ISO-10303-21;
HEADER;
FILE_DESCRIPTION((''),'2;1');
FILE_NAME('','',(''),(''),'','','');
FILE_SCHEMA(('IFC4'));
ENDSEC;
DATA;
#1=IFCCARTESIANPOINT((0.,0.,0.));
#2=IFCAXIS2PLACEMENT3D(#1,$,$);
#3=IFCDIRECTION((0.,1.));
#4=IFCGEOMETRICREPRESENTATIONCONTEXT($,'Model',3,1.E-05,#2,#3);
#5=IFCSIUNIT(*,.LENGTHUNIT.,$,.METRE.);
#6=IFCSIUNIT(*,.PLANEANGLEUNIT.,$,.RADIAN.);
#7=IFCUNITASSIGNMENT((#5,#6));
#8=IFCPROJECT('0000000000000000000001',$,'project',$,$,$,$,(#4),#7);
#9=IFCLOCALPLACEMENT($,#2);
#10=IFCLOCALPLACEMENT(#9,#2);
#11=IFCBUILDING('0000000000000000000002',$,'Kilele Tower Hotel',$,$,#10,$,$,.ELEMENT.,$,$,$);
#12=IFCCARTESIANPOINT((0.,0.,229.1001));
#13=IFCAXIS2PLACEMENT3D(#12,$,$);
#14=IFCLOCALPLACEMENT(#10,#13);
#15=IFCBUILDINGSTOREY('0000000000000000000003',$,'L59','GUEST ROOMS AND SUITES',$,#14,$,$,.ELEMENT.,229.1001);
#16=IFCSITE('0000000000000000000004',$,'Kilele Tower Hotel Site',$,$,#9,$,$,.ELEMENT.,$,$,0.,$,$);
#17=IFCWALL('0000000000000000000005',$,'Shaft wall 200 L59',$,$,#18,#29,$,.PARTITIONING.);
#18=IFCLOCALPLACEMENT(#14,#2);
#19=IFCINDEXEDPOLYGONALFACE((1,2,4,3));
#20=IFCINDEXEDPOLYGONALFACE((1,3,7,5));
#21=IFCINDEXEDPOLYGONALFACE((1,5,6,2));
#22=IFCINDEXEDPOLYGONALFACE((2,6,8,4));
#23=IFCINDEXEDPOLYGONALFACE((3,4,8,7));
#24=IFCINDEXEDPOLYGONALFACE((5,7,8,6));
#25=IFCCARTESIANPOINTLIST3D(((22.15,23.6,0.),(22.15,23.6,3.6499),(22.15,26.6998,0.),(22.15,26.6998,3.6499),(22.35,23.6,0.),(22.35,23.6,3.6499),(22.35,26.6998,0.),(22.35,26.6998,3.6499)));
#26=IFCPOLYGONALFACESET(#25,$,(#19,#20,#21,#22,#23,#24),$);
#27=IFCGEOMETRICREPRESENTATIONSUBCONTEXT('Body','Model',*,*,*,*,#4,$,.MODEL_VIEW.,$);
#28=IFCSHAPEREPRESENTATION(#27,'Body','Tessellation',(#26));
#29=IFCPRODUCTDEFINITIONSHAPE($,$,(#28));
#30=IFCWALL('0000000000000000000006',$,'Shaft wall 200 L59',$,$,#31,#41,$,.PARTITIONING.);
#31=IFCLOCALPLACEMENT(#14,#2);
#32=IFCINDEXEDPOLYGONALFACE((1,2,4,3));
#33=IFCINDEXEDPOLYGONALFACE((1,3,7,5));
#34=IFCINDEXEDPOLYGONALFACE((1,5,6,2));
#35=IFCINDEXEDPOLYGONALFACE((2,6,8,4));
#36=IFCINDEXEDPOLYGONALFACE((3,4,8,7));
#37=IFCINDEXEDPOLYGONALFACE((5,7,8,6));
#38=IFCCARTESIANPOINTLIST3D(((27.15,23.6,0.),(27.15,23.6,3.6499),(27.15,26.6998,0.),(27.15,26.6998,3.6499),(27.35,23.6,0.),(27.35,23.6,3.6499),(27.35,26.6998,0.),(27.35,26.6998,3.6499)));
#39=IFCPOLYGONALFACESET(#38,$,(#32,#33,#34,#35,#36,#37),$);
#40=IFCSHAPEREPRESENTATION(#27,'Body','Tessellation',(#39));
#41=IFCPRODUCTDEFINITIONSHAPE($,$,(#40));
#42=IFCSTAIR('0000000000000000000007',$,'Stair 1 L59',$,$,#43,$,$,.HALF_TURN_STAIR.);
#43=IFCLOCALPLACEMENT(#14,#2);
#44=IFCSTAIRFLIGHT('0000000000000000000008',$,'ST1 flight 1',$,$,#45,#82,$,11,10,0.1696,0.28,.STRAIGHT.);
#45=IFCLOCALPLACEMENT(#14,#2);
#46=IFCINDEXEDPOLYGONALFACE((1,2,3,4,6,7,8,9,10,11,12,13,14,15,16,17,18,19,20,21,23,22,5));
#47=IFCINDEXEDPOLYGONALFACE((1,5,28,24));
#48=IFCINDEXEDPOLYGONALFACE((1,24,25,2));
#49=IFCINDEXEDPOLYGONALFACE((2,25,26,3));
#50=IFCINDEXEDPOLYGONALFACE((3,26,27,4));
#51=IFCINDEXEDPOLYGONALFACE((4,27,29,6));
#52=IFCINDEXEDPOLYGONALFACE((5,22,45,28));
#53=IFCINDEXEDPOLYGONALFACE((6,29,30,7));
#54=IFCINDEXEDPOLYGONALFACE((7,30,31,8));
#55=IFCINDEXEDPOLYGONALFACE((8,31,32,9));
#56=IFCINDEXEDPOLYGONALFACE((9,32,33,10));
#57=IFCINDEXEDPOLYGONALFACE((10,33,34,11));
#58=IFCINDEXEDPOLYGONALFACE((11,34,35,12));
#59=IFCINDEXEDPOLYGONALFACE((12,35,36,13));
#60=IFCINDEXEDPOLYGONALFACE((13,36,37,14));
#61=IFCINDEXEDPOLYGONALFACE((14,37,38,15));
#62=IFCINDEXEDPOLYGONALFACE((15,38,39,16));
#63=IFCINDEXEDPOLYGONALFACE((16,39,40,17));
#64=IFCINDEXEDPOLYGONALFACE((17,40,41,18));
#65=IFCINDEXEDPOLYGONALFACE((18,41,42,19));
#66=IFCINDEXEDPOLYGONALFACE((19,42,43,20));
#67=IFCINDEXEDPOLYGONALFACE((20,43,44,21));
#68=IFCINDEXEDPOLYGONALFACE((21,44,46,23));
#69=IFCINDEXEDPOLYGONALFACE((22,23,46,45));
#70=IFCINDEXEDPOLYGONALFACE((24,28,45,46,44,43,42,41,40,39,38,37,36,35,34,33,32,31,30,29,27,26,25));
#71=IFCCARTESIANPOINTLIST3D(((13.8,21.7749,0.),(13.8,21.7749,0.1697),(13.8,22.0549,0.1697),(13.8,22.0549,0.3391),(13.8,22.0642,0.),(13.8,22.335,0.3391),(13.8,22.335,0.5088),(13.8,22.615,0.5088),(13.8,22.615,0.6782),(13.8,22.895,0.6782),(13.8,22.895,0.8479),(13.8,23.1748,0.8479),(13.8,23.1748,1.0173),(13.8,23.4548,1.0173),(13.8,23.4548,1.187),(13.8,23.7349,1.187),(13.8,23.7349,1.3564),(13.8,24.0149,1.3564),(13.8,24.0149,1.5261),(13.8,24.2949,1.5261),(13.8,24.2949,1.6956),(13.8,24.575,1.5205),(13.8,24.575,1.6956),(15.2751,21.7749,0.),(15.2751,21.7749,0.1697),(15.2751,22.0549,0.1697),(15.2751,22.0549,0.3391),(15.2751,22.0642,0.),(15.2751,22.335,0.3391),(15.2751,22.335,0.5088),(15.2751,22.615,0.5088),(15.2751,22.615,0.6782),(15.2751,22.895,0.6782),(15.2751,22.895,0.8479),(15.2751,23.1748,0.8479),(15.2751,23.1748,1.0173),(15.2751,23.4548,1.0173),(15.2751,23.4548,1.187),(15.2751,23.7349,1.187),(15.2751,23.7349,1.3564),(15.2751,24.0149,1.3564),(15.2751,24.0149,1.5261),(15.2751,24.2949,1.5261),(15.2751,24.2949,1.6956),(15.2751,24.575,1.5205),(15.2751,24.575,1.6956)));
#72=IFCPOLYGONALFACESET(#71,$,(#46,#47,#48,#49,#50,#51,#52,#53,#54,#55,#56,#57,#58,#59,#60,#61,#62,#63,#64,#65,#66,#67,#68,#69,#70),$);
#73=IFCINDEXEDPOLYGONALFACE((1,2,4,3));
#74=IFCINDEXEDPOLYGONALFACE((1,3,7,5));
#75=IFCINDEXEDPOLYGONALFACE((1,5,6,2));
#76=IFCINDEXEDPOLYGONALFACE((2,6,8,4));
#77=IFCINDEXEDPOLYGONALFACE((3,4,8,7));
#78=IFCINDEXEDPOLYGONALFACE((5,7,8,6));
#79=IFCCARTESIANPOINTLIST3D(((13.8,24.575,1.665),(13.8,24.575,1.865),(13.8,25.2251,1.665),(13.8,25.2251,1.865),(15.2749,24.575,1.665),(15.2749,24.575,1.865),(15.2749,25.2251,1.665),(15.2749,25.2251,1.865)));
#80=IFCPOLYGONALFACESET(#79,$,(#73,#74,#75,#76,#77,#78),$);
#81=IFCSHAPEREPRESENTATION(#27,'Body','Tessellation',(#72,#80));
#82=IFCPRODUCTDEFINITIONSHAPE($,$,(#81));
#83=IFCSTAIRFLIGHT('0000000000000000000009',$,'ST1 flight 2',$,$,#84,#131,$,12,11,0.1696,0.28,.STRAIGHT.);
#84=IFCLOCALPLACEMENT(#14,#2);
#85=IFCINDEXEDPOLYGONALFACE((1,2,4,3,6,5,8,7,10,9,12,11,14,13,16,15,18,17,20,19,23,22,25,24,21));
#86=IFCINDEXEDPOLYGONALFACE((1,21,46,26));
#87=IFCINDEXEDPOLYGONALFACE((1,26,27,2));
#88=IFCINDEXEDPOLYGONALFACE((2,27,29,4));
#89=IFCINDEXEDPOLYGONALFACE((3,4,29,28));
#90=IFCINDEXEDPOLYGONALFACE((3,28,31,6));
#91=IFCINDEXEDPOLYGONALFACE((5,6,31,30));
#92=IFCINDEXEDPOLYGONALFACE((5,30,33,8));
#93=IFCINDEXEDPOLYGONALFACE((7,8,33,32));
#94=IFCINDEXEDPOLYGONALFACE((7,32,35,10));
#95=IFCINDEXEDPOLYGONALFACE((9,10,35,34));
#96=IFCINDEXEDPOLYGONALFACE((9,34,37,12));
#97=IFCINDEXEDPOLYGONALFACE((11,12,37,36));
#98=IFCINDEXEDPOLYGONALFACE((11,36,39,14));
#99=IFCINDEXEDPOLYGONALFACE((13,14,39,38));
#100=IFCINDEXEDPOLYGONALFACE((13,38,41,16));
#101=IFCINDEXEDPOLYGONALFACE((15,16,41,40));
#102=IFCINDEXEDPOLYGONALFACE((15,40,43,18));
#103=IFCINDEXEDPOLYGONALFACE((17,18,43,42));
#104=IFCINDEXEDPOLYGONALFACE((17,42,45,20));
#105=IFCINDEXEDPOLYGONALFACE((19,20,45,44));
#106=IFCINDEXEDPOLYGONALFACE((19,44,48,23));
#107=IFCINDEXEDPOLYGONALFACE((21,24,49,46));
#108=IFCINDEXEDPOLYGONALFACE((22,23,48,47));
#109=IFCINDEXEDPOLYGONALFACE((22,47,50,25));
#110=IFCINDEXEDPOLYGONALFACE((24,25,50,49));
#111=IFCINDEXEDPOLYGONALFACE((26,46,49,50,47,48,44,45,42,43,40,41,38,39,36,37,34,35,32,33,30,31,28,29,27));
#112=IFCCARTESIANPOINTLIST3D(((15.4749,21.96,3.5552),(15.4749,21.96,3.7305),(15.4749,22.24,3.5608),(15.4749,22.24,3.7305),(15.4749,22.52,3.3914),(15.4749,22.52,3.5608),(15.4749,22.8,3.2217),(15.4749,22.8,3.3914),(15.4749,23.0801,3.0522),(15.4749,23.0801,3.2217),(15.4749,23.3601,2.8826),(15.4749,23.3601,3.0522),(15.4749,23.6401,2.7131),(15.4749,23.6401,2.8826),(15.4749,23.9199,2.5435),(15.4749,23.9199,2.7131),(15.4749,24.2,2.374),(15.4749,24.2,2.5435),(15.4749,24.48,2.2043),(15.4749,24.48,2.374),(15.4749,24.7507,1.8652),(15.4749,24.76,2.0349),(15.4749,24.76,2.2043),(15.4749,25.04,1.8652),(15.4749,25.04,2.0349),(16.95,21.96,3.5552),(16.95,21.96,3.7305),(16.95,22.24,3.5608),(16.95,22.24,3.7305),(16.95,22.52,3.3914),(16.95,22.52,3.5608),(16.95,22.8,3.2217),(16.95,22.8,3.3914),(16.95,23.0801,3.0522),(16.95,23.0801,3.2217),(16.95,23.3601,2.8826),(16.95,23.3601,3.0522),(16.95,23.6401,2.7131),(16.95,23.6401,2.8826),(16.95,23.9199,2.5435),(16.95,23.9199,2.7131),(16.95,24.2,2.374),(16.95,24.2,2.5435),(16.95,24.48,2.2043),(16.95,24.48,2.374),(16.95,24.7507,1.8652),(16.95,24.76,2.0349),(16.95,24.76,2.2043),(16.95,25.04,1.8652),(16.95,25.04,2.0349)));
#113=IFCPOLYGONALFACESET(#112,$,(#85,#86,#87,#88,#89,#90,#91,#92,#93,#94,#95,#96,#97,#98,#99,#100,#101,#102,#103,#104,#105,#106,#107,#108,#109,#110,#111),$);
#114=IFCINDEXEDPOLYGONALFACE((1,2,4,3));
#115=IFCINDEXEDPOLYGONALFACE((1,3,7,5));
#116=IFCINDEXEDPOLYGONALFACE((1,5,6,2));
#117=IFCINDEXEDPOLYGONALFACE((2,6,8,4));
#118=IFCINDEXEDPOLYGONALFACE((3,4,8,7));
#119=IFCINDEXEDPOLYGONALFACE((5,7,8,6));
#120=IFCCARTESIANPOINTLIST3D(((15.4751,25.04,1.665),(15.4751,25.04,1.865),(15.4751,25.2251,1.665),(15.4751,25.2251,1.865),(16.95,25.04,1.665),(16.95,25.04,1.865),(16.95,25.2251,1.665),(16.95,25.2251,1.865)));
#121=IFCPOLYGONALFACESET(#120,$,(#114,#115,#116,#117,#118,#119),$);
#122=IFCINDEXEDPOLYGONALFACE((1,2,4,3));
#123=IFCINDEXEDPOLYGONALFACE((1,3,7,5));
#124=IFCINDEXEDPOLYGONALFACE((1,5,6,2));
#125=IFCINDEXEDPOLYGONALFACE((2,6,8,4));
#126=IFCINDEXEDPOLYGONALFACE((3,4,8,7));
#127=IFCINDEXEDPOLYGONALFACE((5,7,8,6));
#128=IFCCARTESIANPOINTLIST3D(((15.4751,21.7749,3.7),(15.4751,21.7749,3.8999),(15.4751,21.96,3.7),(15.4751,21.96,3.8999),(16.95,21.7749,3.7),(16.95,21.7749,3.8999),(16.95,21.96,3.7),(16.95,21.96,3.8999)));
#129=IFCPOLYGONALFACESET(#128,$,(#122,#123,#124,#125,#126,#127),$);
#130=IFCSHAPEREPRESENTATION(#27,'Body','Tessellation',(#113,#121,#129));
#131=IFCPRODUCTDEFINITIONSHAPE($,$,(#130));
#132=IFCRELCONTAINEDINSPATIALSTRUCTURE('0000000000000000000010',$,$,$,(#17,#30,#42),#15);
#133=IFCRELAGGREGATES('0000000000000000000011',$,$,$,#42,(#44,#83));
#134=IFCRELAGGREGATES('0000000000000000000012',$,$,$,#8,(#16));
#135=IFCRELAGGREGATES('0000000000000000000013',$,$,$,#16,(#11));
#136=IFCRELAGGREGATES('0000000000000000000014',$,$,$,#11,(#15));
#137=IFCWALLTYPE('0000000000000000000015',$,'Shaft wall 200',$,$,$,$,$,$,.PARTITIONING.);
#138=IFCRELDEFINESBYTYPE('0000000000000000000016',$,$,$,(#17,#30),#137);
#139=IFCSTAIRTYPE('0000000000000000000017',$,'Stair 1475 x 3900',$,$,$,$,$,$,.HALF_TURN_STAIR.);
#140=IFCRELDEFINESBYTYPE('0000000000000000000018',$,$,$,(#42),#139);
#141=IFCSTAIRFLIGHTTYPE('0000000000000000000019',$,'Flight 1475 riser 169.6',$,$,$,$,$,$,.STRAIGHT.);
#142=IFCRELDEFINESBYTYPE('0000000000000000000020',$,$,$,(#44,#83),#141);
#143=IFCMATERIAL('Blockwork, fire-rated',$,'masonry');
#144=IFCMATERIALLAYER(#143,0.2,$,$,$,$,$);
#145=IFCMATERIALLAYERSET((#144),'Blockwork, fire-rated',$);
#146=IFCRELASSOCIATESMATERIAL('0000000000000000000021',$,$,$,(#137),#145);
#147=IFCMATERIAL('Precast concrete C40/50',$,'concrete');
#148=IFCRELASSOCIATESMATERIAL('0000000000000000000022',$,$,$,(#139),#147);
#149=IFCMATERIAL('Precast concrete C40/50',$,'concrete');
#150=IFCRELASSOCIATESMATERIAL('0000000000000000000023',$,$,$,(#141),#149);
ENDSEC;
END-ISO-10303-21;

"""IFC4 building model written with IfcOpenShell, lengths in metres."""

from ifc_helpers import new_model, si_unit, direction, frame, frame_2d, origin, place, context, subcontext, project, spatial, polyline, rectangle, outline, extrude, material, layer, layer_set, type_object, element, aggregate, save


model = new_model("IFC4")

# Units and contexts
model_context = context("Model", 3, precision=1e-05, world=origin(), true_north=direction((0.0, 1.0)))
body_context = subcontext(model_context, "Body", "Model", "MODEL_VIEW")
ifc_project = project(units=[si_unit("LENGTHUNIT", "METRE"), si_unit("PLANEANGLEUNIT", "RADIAN")], contexts=[model_context])

# Site, building, storey
site_placement = place(None, origin())
site = spatial("IfcSite", under=ifc_project, at=site_placement, Name="Kilele Tower Hotel Site", CompositionType="ELEMENT", RefElevation=0.0)
building_placement = place(site_placement, origin())
building = spatial("IfcBuilding", under=site, at=building_placement, Name="Kilele Tower Hotel", CompositionType="ELEMENT")
storey_placement = place(building_placement, frame((0.0, 0.0, 229.1001)))
storey = spatial("IfcBuildingStorey", under=building, at=storey_placement, Name="L59", Description="GUEST ROOMS AND SUITES", CompositionType="ELEMENT", Elevation=229.1001)

# Shared definitions
ifc_material_1 = material(Name="Blockwork, fire-rated", Category="masonry")
ifc_layer_1 = layer(ifc_material_1, 0.2)
ifc_layer_set_1 = layer_set([ifc_layer_1], Name="Blockwork, fire-rated")
wall_type_1 = type_object("IfcWallType", Name="Shaft wall 200", PredefinedType="PARTITIONING", material=ifc_layer_set_1)

# Walls
for number, where, z_axis, x_axis, name in (
    (1, (22.25, 23.6001, 0.0), (0.0, 0.0, 1.0), (0.0, 1.0, 0.0), "Shaft wall 200 L59"),
    (2, (27.25, 23.6001, 0.0), (0.0, 0.0, 1.0), (0.0, 1.0, 0.0), "Shaft wall 200 L59"),
):
    element("IfcWall", number, at=place(storey_placement, frame(where, z_axis=z_axis, x_axis=x_axis)), inside=storey, type_object=wall_type_1, Name=name, PredefinedType="PARTITIONING", context=body_context, shape_type="SweptSolid", body=[
        extrude(rectangle(XDim=3.0999, YDim=0.2, at=frame_2d((1.5498, 0.0))), origin(), (0.0, 0.0, 1.0), 3.6499),
    ])

# Stair, stair flights
ifc_material_2 = material(Name="Precast concrete C40/50", Category="concrete")
stair_type = type_object("IfcStairType", Name="Stair 1475 x 3900", PredefinedType="HALF_TURN_STAIR", material=ifc_material_2)
stair_placement = place(storey_placement, origin())
stair = element("IfcStair", 3, at=stair_placement, inside=storey, type_object=stair_type, Name="Stair 1 L59", PredefinedType="HALF_TURN_STAIR")
ifc_material_3 = material(Name="Precast concrete C40/50", Category="concrete")
stair_flight_type = type_object("IfcStairFlightType", Name="Flight 1475 riser 169.6", PredefinedType="STRAIGHT", material=ifc_material_3)
stair_flight_1_placement = place(storey_placement, frame((14.5376, 21.7749, 0.0), z_axis=(0.0, 0.0, 1.0), x_axis=(0.0, 1.0, 0.0)))
stair_flight_1 = element("IfcStairFlight", 4, at=stair_flight_1_placement, type_object=stair_flight_type, Name="ST1 flight 1", NumberOfRisers=11, NumberOfTreads=10, PredefinedType="STRAIGHT", RiserHeight=0.1696, TreadLength=0.28, context=body_context, shape_type="SweptSolid", body=[
    extrude(outline(polyline([(0.0, 0.0), (0.0, 0.1697), (0.28, 0.1697), (0.28, 0.3391), (0.5601, 0.3391), (0.5601, 0.5088), (0.8401, 0.5088), (0.8401, 0.6782), (1.1201, 0.6782), (1.1201, 0.8479), (1.3999, 0.8479), (1.3999, 1.0173), (1.6799, 1.0173), (1.6799, 1.187), (1.96, 1.187), (1.96, 1.3564), (2.24, 1.3564), (2.24, 1.5261), (2.52, 1.5261), (2.52, 1.6956), (2.8, 1.6956), (2.8, 1.8652), (2.8, 1.5205), (0.2893, 0.0), (0.0, 0.0)])), frame((0.0, 0.7375, 0.0), z_axis=(0.0, -1.0, 0.0), x_axis=(1.0, 0.0, 0.0)), (0.0, 0.0, 1.0), 1.4751),
    extrude(outline(polyline([(2.8, 0.7375), (2.8, -0.7373), (3.4502, -0.7373), (3.4502, 0.7375), (2.8, 0.7375)])), frame((0.0, 0.0, 1.665)), (0.0, 0.0, 1.0), 0.2),
])
stair_flight_2_placement = place(storey_placement, frame((16.2124, 25.04, 1.8652), z_axis=(0.0, 0.0, 1.0), x_axis=(0.0, -1.0, 0.0)))
stair_flight_2 = element("IfcStairFlight", 5, at=stair_flight_2_placement, type_object=stair_flight_type, Name="ST1 flight 2", NumberOfRisers=12, NumberOfTreads=11, PredefinedType="STRAIGHT", RiserHeight=0.1696, TreadLength=0.28, context=body_context, shape_type="SweptSolid", body=[
    extrude(outline(polyline([(0.0, 0.0), (0.0, 0.1697), (0.28, 0.1697), (0.28, 0.3391), (0.5601, 0.3391), (0.5601, 0.5088), (0.8401, 0.5088), (0.8401, 0.6782), (1.1201, 0.6782), (1.1201, 0.8479), (1.3999, 0.8479), (1.3999, 1.0173), (1.6799, 1.0173), (1.6799, 1.187), (1.96, 1.187), (1.96, 1.3564), (2.24, 1.3564), (2.24, 1.5261), (2.52, 1.5261), (2.52, 1.6956), (2.8, 1.6956), (2.8, 1.8652), (3.0801, 1.8652), (3.0801, 2.0347), (3.0801, 1.6899), (0.2893, 0.0), (0.0, 0.0)])), frame((0.0, 0.7375, 0.0), z_axis=(0.0, -1.0, 0.0), x_axis=(1.0, 0.0, 0.0)), (0.0, 0.0, 1.0), 1.4751),
    extrude(outline(polyline([(0.0, -0.7373), (0.0, 0.7375), (-0.1851, 0.7375), (-0.1851, -0.7373), (0.0, -0.7373)])), frame((0.0, 0.0, -0.2002)), (0.0, 0.0, 1.0), 0.2),
    extrude(outline(polyline([(3.2651, -0.7373), (3.2651, 0.7375), (3.0801, 0.7375), (3.0801, -0.7373), (3.2651, -0.7373)])), frame((0.0, 0.0, 1.8347)), (0.0, 0.0, 1.0), 0.2),
])
aggregate(stair, [stair_flight_1, stair_flight_2])

save(model, "model.ifc")
